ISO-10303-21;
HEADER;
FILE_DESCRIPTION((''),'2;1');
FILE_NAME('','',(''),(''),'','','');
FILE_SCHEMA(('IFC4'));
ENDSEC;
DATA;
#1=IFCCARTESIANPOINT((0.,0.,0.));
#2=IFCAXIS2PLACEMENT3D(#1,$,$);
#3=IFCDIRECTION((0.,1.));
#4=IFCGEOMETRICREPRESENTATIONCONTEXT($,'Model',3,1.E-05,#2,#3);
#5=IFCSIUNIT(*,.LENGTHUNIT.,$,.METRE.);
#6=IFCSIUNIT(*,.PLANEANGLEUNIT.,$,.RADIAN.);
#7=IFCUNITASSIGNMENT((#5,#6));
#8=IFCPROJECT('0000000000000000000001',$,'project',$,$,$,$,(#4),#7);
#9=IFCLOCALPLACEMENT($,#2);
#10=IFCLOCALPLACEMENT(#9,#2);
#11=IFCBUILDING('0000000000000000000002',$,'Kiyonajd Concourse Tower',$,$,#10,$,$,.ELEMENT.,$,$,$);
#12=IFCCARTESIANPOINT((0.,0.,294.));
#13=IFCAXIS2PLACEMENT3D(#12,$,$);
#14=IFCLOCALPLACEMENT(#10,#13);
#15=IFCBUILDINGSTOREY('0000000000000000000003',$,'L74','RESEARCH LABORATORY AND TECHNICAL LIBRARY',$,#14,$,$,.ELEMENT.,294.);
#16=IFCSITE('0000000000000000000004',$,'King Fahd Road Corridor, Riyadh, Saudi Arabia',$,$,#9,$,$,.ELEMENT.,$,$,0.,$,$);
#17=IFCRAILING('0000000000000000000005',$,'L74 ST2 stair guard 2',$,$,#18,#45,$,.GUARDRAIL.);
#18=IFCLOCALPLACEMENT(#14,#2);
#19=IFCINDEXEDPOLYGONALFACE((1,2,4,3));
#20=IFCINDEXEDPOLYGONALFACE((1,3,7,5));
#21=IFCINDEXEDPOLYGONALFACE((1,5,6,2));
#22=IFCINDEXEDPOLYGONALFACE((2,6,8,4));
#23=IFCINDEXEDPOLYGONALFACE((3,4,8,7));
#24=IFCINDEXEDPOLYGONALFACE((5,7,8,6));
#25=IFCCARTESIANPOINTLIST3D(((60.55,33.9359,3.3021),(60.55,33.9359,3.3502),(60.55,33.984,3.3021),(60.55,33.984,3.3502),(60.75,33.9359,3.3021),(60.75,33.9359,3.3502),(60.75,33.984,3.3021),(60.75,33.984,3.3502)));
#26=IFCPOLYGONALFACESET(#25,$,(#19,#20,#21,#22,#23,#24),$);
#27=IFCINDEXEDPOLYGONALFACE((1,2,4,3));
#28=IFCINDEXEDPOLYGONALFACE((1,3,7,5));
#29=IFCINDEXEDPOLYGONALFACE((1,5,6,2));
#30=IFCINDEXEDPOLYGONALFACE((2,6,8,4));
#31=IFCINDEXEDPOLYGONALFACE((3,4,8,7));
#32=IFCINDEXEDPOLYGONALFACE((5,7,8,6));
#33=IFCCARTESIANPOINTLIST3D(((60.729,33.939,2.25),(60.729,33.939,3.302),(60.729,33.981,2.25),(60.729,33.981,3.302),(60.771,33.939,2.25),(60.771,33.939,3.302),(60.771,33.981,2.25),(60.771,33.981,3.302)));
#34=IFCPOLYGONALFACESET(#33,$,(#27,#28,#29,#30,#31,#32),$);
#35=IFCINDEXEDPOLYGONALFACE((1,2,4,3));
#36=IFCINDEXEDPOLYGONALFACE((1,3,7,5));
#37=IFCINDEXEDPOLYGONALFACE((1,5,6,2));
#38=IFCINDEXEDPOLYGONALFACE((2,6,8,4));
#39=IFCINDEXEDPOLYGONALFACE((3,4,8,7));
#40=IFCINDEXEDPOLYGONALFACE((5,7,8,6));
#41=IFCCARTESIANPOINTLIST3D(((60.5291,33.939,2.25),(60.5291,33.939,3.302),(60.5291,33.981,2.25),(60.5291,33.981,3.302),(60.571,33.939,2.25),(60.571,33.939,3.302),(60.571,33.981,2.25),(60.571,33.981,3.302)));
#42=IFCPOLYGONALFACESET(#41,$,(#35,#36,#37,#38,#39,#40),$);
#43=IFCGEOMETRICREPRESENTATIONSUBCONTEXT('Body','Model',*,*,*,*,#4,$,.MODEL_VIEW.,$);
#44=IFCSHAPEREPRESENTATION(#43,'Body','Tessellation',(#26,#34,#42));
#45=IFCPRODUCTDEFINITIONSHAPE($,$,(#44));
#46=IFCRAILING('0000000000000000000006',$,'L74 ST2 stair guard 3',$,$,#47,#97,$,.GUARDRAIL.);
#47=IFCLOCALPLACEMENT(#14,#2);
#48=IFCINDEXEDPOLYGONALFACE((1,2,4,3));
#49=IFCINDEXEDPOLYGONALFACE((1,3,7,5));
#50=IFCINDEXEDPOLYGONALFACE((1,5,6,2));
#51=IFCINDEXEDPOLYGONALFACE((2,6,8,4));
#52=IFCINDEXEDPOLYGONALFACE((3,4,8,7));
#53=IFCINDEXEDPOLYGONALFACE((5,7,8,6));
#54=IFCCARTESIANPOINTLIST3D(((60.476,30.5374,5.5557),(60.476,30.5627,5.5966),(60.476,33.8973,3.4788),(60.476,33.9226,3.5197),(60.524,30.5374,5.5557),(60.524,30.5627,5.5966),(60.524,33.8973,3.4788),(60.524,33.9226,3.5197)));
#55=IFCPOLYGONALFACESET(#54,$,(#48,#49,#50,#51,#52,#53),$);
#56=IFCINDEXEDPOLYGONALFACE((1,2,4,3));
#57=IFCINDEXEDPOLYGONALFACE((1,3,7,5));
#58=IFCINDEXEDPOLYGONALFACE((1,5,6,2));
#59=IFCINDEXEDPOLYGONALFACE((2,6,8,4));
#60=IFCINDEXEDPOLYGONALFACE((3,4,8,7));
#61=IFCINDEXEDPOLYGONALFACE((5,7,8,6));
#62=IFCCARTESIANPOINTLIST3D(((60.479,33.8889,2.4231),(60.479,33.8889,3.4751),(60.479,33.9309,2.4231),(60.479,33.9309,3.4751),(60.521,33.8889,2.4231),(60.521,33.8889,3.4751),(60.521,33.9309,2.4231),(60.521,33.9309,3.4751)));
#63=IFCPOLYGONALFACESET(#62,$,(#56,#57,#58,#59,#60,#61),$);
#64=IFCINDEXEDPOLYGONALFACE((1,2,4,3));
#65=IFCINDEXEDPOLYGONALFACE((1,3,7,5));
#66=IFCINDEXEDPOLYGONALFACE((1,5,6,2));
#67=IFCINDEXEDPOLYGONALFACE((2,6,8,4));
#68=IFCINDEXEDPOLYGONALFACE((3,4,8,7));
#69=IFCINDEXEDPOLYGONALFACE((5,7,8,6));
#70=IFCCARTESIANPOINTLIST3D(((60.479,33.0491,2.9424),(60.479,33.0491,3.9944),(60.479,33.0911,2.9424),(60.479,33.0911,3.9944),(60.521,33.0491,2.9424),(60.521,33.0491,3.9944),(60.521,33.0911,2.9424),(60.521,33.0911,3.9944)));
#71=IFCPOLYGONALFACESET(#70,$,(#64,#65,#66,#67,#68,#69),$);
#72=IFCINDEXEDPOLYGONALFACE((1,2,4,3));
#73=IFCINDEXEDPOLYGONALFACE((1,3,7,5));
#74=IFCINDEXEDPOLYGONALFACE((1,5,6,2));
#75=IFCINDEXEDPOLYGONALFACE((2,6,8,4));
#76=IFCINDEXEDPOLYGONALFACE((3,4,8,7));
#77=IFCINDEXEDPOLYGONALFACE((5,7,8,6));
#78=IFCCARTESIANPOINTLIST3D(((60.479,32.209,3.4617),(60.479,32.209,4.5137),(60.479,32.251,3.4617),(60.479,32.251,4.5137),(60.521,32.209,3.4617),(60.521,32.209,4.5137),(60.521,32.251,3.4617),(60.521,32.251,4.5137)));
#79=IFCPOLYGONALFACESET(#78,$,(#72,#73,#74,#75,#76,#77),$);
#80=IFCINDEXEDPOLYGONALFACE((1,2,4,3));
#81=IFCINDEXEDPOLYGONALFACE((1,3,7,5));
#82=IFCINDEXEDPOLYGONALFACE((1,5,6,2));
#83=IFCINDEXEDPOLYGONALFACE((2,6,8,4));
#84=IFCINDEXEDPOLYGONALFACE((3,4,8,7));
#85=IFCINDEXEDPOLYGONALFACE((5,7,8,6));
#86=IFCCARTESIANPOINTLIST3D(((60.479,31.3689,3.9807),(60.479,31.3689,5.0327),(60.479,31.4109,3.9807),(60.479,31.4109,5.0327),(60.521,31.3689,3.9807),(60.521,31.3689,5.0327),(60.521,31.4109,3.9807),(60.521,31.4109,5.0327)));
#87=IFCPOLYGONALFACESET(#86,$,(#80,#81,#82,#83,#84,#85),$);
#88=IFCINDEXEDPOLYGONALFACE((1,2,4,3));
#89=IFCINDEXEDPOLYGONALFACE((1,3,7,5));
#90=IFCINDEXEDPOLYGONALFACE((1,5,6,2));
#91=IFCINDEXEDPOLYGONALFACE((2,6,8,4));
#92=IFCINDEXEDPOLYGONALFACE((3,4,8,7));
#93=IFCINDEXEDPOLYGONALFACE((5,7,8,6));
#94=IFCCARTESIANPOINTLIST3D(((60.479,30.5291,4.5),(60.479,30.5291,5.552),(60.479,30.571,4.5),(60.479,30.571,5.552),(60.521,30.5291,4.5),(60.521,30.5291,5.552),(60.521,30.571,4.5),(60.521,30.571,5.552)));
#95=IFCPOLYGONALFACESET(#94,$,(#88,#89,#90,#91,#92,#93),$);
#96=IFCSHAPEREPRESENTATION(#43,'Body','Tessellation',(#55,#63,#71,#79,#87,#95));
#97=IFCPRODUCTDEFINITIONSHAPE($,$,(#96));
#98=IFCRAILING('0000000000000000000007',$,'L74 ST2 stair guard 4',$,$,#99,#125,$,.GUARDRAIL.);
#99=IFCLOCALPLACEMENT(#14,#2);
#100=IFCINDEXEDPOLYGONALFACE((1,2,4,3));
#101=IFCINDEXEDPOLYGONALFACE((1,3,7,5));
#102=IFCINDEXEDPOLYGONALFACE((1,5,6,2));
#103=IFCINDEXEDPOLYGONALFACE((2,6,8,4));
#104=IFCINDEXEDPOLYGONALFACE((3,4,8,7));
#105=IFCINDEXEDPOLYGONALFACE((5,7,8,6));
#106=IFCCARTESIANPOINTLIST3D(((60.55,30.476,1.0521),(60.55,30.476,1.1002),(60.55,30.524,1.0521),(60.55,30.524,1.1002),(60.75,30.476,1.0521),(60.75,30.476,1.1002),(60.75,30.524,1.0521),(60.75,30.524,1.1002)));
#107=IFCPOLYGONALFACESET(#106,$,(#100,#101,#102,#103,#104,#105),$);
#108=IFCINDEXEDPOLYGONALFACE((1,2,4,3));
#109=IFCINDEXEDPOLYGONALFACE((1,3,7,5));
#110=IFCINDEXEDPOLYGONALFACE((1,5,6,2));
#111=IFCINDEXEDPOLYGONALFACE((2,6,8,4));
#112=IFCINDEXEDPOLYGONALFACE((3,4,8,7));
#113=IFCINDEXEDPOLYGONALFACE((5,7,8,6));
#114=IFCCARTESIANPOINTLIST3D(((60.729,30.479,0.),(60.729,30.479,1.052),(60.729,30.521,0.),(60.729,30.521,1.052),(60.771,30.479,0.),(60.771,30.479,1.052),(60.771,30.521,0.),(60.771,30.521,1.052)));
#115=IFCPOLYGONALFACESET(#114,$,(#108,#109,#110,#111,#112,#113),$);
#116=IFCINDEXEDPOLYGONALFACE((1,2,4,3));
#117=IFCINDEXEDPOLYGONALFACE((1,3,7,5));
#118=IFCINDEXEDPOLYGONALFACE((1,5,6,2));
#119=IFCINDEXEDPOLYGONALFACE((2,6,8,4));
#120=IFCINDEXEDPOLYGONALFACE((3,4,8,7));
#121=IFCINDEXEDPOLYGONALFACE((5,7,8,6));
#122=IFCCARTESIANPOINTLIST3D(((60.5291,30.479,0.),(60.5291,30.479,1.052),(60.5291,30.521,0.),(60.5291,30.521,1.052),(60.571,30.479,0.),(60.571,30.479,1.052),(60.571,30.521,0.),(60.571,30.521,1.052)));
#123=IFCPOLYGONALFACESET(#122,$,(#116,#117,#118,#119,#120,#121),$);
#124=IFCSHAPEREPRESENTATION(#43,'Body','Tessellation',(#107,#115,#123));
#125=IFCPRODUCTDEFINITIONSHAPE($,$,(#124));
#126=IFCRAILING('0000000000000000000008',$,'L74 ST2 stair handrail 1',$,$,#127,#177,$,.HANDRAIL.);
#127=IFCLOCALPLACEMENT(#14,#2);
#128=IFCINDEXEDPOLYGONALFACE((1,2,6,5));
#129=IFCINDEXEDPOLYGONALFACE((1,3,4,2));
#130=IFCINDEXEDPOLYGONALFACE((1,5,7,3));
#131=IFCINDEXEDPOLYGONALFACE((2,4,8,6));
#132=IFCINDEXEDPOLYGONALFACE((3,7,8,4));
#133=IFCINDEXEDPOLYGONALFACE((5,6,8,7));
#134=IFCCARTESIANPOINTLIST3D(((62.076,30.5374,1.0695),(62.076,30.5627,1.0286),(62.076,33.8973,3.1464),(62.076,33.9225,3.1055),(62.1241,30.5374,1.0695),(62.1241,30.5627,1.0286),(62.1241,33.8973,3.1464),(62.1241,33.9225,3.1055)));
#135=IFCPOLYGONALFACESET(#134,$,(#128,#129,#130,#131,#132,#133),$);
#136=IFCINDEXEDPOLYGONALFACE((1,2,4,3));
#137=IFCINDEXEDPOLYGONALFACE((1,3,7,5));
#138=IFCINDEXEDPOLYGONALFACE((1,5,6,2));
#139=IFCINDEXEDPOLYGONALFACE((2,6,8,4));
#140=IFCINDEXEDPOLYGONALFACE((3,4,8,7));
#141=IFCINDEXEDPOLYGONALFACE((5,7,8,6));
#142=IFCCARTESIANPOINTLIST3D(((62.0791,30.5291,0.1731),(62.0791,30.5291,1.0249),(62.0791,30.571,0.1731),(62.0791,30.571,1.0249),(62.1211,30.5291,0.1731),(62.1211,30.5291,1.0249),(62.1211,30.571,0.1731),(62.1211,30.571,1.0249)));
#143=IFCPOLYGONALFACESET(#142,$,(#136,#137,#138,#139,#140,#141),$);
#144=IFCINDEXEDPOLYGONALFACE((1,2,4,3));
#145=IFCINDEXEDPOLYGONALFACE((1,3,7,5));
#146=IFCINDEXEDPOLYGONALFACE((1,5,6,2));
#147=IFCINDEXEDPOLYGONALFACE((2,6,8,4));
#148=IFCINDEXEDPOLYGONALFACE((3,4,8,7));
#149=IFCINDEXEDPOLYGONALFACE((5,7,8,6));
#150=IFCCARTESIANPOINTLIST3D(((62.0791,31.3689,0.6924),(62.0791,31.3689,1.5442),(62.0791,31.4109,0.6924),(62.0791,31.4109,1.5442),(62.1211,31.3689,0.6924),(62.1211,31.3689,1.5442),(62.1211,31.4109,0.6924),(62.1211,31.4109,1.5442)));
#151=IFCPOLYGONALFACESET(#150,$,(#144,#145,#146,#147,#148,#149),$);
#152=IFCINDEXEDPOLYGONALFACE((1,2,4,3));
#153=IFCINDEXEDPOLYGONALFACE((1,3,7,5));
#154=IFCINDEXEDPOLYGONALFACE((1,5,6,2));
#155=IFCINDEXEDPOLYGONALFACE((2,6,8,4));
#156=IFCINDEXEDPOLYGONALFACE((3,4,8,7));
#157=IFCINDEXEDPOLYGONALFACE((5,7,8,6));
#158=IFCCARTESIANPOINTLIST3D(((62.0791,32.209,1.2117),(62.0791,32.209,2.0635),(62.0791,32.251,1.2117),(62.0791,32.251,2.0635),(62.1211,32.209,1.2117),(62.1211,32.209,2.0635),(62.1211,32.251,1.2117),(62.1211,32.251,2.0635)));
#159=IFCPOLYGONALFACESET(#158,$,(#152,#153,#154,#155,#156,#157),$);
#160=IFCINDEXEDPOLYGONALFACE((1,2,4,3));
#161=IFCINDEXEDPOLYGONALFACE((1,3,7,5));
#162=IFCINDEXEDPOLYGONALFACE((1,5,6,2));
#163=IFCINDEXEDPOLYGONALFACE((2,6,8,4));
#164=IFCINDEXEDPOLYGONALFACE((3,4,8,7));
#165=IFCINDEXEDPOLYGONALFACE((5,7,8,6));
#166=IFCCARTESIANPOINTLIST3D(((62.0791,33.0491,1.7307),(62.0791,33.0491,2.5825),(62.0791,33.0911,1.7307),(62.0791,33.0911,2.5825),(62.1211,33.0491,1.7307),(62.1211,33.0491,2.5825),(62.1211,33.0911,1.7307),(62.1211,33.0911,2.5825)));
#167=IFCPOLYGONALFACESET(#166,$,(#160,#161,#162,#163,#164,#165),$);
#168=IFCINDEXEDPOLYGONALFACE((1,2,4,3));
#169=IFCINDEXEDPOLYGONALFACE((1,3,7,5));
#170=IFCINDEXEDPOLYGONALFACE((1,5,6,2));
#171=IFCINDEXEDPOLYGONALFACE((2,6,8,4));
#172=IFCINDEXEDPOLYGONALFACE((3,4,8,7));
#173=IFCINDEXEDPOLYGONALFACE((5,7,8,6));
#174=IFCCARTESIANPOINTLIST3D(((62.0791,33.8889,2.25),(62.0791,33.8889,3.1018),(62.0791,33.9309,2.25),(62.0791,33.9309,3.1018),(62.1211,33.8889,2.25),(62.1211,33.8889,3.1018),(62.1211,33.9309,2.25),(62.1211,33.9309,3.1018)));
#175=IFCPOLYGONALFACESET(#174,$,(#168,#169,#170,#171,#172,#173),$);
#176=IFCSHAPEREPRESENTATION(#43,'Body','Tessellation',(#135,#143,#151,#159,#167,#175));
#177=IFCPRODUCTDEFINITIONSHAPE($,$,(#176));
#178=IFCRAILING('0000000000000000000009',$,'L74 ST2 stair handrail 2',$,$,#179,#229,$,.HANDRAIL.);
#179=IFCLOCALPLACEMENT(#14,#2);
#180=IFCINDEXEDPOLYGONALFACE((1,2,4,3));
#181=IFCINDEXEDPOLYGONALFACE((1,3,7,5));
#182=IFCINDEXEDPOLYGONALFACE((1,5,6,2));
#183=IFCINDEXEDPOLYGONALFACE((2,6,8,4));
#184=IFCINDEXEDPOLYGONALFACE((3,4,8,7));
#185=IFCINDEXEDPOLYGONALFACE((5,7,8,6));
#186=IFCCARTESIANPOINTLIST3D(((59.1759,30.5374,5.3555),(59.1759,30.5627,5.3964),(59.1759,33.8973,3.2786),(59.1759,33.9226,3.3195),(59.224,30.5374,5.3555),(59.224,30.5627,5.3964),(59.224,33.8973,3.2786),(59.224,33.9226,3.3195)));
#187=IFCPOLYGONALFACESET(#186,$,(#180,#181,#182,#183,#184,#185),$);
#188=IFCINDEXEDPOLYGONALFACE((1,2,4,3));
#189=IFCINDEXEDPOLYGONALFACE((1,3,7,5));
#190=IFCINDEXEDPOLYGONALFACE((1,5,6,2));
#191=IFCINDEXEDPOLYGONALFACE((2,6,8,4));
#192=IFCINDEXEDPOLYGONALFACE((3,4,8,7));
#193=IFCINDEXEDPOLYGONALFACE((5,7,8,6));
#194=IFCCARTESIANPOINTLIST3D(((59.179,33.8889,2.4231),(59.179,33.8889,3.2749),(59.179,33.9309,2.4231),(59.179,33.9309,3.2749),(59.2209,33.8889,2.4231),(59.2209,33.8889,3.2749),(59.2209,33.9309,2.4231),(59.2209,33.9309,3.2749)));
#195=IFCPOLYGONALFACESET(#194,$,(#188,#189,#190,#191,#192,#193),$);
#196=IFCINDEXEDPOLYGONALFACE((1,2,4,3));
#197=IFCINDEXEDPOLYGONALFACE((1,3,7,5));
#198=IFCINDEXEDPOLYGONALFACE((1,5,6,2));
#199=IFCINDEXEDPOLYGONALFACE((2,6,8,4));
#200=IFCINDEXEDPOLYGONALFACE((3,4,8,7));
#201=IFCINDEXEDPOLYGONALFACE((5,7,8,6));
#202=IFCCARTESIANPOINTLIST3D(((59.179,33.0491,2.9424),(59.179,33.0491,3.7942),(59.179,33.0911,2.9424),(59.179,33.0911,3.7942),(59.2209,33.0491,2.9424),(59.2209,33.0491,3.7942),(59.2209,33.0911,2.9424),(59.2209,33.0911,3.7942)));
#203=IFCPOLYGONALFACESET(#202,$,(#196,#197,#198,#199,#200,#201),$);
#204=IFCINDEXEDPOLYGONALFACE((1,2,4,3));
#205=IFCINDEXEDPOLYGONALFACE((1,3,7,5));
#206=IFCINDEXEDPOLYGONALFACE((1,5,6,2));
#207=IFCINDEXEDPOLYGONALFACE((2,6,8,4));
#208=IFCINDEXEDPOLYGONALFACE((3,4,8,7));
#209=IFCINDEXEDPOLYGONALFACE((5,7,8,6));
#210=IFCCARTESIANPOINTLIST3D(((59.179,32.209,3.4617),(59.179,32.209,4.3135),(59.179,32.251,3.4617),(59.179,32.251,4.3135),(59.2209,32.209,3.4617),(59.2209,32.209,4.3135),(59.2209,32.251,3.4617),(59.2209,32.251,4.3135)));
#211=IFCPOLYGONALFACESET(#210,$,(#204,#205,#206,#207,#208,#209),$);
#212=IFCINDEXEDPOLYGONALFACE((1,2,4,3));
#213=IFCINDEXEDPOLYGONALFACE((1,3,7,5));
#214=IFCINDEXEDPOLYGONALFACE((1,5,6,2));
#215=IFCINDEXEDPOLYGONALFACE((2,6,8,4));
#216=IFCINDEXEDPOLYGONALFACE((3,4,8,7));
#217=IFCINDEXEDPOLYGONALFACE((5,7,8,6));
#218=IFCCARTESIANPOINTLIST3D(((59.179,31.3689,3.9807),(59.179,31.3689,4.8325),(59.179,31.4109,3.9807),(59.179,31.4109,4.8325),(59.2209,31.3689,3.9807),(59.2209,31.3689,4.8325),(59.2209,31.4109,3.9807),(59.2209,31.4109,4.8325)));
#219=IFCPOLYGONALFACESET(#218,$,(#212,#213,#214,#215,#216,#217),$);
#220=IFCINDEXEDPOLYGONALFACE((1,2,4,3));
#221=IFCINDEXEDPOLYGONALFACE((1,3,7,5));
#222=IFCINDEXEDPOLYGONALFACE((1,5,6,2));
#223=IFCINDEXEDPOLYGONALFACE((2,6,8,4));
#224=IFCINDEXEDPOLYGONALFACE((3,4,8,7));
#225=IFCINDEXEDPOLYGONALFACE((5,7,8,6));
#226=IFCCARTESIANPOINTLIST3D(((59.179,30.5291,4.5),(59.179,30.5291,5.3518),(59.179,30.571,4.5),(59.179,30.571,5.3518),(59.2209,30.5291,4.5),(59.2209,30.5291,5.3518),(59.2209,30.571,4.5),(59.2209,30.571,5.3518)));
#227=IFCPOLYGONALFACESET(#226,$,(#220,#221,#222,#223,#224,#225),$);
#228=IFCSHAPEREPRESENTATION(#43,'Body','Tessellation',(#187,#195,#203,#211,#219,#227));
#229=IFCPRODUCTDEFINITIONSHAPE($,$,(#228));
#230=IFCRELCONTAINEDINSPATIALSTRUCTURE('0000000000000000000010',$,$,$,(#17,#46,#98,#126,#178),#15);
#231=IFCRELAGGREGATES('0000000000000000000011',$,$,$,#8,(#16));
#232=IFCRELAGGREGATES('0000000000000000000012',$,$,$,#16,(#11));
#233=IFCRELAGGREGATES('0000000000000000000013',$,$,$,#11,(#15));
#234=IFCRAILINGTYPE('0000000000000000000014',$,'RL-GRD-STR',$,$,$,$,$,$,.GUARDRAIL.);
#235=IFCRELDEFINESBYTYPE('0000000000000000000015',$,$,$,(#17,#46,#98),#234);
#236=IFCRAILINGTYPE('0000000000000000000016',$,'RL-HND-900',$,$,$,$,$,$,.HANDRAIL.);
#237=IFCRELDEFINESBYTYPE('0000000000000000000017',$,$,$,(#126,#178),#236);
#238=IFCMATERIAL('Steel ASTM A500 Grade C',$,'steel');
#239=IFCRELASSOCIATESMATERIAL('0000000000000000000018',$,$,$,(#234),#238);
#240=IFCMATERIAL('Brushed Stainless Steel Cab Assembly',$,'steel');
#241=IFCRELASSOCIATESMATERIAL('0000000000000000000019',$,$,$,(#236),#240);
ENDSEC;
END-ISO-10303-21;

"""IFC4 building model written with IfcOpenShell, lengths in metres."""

from ifc_helpers import new_model, si_unit, direction, frame, origin, origin_2d, place, context, subcontext, project, spatial, rectangle, extrude, material, type_object, element, save


model = new_model("IFC4")

# Units and contexts
model_context = context("Model", 3, precision=1e-05, world=origin(), true_north=direction((0.0, 1.0)))
body_context = subcontext(model_context, "Body", "Model", "MODEL_VIEW")
ifc_project = project(units=[si_unit("LENGTHUNIT", "METRE"), si_unit("PLANEANGLEUNIT", "RADIAN")], contexts=[model_context])

# Site, building, storey
site_placement = place(None, origin())
site = spatial("IfcSite", under=ifc_project, at=site_placement, Name="King Fahd Road Corridor, Riyadh, Saudi Arabia", CompositionType="ELEMENT", RefElevation=0.0)
building_placement = place(site_placement, origin())
building = spatial("IfcBuilding", under=site, at=building_placement, Name="Kiyonajd Concourse Tower", CompositionType="ELEMENT")
storey_placement = place(building_placement, frame((0.0, 0.0, 294.0)))
storey = spatial("IfcBuildingStorey", under=building, at=storey_placement, Name="L74", Description="RESEARCH LABORATORY AND TECHNICAL LIBRARY", CompositionType="ELEMENT", Elevation=294.0)

# Shared definitions
ifc_material_1 = material(Name="Brushed Stainless Steel Cab Assembly", Category="steel")

# Railings
ifc_material_2 = material(Name="Steel ASTM A500 Grade C", Category="steel")
railing_type_1 = type_object("IfcRailingType", Name="RL-GRD-STR", PredefinedType="GUARDRAIL", material=ifc_material_2)
railing_1_placement = place(storey_placement, frame((60.75, 33.96, 2.25)))
element("IfcRailing", 1, at=railing_1_placement, inside=storey, type_object=railing_type_1, Name="L74 ST2 stair guard 2", PredefinedType="GUARDRAIL", context=body_context, shape_type="SweptSolid", body=[
    extrude(rectangle(XDim=0.0481, YDim=0.0481, at=origin_2d()), frame((0.0, 0.0, 1.0762), z_axis=(-1.0, 0.0, 0.0), x_axis=(0.0, -1.0, 0.0)), (0.0, 0.0, 1.0), 0.2),
    extrude(rectangle(XDim=0.042, YDim=0.042, at=origin_2d()), origin(), (0.0, 0.0, 1.0), 1.052),
    extrude(rectangle(XDim=0.042, YDim=0.042, at=origin_2d()), frame((-0.2, 0.0, 0.0)), (0.0, 0.0, 1.0), 1.052),
])
railing_2_placement = place(storey_placement, frame((60.5, 33.9099, 2.4231)))
element("IfcRailing", 2, at=railing_2_placement, inside=storey, type_object=railing_type_1, Name="L74 ST2 stair guard 3", PredefinedType="GUARDRAIL", context=body_context, shape_type="SweptSolid", body=[
    extrude(rectangle(XDim=0.0481, YDim=0.0481, at=origin_2d()), frame((0.0, 0.0, 1.0762), z_axis=(0.0, -0.850606, 0.525803), x_axis=(1.0, 0.0, 0.0)), (0.0, 0.0, 1.0), 3.95),
    extrude(rectangle(XDim=0.042, YDim=0.042, at=origin_2d()), origin(), (0.0, 0.0, 1.0), 1.052),
    extrude(rectangle(XDim=0.042, YDim=0.042, at=origin_2d()), frame((0.0, -0.8398, 0.5193)), (0.0, 0.0, 1.0), 1.052),
    extrude(rectangle(XDim=0.042, YDim=0.042, at=origin_2d()), frame((0.0, -1.6799, 1.0386)), (0.0, 0.0, 1.0), 1.052),
    extrude(rectangle(XDim=0.042, YDim=0.042, at=origin_2d()), frame((0.0, -2.52, 1.5576)), (0.0, 0.0, 1.0), 1.052),
    extrude(rectangle(XDim=0.042, YDim=0.042, at=origin_2d()), frame((0.0, -3.3599, 2.0769)), (0.0, 0.0, 1.0), 1.052),
])
railing_3_placement = place(storey_placement, frame((60.75, 30.5, 0.0)))
element("IfcRailing", 3, at=railing_3_placement, inside=storey, type_object=railing_type_1, Name="L74 ST2 stair guard 4", PredefinedType="GUARDRAIL", context=body_context, shape_type="SweptSolid", body=[
    extrude(rectangle(XDim=0.0481, YDim=0.0481, at=origin_2d()), frame((0.0, 0.0, 1.0762), z_axis=(-1.0, 0.0, 0.0), x_axis=(0.0, -1.0, 0.0)), (0.0, 0.0, 1.0), 0.2),
    extrude(rectangle(XDim=0.042, YDim=0.042, at=origin_2d()), origin(), (0.0, 0.0, 1.0), 1.052),
    extrude(rectangle(XDim=0.042, YDim=0.042, at=origin_2d()), frame((-0.2, 0.0, 0.0)), (0.0, 0.0, 1.0), 1.052),
])
railing_type_2 = type_object("IfcRailingType", Name="RL-HND-900", PredefinedType="HANDRAIL", material=ifc_material_1)
railing_4_placement = place(storey_placement, frame((62.1001, 30.55, 0.1731)))
element("IfcRailing", 4, at=railing_4_placement, inside=storey, type_object=railing_type_2, Name="L74 ST2 stair handrail 1", PredefinedType="HANDRAIL", context=body_context, shape_type="SweptSolid", body=[
    extrude(rectangle(XDim=0.0481, YDim=0.0481, at=origin_2d()), frame((0.0, 0.0, 0.876), z_axis=(0.0, 0.850606, 0.525803), x_axis=(-1.0, 0.0, 0.0)), (0.0, 0.0, 1.0), 3.95),
    extrude(rectangle(XDim=0.042, YDim=0.042, at=origin_2d()), origin(), (0.0, 0.0, 1.0), 0.8518),
    extrude(rectangle(XDim=0.042, YDim=0.042, at=origin_2d()), frame((0.0, 0.8398, 0.5193)), (0.0, 0.0, 1.0), 0.8518),
    extrude(rectangle(XDim=0.042, YDim=0.042, at=origin_2d()), frame((0.0, 1.6799, 1.0386)), (0.0, 0.0, 1.0), 0.8518),
    extrude(rectangle(XDim=0.042, YDim=0.042, at=origin_2d()), frame((0.0, 2.52, 1.5576)), (0.0, 0.0, 1.0), 0.8518),
    extrude(rectangle(XDim=0.042, YDim=0.042, at=origin_2d()), frame((0.0, 3.3599, 2.0769)), (0.0, 0.0, 1.0), 0.8518),
])
railing_5_placement = place(storey_placement, frame((59.2, 33.9099, 2.4231)))
element("IfcRailing", 5, at=railing_5_placement, inside=storey, type_object=railing_type_2, Name="L74 ST2 stair handrail 2", PredefinedType="HANDRAIL", context=body_context, shape_type="SweptSolid", body=[
    extrude(rectangle(XDim=0.0481, YDim=0.0481, at=origin_2d()), frame((0.0, 0.0, 0.876), z_axis=(0.0, -0.850606, 0.525803), x_axis=(1.0, 0.0, 0.0)), (0.0, 0.0, 1.0), 3.95),
    extrude(rectangle(XDim=0.042, YDim=0.042, at=origin_2d()), origin(), (0.0, 0.0, 1.0), 0.8518),
    extrude(rectangle(XDim=0.042, YDim=0.042, at=origin_2d()), frame((0.0, -0.8398, 0.5193)), (0.0, 0.0, 1.0), 0.8518),
    extrude(rectangle(XDim=0.042, YDim=0.042, at=origin_2d()), frame((0.0, -1.6799, 1.0386)), (0.0, 0.0, 1.0), 0.8518),
    extrude(rectangle(XDim=0.042, YDim=0.042, at=origin_2d()), frame((0.0, -2.52, 1.5576)), (0.0, 0.0, 1.0), 0.8518),
    extrude(rectangle(XDim=0.042, YDim=0.042, at=origin_2d()), frame((0.0, -3.3599, 2.0769)), (0.0, 0.0, 1.0), 0.8518),
])

save(model, "model.ifc")
